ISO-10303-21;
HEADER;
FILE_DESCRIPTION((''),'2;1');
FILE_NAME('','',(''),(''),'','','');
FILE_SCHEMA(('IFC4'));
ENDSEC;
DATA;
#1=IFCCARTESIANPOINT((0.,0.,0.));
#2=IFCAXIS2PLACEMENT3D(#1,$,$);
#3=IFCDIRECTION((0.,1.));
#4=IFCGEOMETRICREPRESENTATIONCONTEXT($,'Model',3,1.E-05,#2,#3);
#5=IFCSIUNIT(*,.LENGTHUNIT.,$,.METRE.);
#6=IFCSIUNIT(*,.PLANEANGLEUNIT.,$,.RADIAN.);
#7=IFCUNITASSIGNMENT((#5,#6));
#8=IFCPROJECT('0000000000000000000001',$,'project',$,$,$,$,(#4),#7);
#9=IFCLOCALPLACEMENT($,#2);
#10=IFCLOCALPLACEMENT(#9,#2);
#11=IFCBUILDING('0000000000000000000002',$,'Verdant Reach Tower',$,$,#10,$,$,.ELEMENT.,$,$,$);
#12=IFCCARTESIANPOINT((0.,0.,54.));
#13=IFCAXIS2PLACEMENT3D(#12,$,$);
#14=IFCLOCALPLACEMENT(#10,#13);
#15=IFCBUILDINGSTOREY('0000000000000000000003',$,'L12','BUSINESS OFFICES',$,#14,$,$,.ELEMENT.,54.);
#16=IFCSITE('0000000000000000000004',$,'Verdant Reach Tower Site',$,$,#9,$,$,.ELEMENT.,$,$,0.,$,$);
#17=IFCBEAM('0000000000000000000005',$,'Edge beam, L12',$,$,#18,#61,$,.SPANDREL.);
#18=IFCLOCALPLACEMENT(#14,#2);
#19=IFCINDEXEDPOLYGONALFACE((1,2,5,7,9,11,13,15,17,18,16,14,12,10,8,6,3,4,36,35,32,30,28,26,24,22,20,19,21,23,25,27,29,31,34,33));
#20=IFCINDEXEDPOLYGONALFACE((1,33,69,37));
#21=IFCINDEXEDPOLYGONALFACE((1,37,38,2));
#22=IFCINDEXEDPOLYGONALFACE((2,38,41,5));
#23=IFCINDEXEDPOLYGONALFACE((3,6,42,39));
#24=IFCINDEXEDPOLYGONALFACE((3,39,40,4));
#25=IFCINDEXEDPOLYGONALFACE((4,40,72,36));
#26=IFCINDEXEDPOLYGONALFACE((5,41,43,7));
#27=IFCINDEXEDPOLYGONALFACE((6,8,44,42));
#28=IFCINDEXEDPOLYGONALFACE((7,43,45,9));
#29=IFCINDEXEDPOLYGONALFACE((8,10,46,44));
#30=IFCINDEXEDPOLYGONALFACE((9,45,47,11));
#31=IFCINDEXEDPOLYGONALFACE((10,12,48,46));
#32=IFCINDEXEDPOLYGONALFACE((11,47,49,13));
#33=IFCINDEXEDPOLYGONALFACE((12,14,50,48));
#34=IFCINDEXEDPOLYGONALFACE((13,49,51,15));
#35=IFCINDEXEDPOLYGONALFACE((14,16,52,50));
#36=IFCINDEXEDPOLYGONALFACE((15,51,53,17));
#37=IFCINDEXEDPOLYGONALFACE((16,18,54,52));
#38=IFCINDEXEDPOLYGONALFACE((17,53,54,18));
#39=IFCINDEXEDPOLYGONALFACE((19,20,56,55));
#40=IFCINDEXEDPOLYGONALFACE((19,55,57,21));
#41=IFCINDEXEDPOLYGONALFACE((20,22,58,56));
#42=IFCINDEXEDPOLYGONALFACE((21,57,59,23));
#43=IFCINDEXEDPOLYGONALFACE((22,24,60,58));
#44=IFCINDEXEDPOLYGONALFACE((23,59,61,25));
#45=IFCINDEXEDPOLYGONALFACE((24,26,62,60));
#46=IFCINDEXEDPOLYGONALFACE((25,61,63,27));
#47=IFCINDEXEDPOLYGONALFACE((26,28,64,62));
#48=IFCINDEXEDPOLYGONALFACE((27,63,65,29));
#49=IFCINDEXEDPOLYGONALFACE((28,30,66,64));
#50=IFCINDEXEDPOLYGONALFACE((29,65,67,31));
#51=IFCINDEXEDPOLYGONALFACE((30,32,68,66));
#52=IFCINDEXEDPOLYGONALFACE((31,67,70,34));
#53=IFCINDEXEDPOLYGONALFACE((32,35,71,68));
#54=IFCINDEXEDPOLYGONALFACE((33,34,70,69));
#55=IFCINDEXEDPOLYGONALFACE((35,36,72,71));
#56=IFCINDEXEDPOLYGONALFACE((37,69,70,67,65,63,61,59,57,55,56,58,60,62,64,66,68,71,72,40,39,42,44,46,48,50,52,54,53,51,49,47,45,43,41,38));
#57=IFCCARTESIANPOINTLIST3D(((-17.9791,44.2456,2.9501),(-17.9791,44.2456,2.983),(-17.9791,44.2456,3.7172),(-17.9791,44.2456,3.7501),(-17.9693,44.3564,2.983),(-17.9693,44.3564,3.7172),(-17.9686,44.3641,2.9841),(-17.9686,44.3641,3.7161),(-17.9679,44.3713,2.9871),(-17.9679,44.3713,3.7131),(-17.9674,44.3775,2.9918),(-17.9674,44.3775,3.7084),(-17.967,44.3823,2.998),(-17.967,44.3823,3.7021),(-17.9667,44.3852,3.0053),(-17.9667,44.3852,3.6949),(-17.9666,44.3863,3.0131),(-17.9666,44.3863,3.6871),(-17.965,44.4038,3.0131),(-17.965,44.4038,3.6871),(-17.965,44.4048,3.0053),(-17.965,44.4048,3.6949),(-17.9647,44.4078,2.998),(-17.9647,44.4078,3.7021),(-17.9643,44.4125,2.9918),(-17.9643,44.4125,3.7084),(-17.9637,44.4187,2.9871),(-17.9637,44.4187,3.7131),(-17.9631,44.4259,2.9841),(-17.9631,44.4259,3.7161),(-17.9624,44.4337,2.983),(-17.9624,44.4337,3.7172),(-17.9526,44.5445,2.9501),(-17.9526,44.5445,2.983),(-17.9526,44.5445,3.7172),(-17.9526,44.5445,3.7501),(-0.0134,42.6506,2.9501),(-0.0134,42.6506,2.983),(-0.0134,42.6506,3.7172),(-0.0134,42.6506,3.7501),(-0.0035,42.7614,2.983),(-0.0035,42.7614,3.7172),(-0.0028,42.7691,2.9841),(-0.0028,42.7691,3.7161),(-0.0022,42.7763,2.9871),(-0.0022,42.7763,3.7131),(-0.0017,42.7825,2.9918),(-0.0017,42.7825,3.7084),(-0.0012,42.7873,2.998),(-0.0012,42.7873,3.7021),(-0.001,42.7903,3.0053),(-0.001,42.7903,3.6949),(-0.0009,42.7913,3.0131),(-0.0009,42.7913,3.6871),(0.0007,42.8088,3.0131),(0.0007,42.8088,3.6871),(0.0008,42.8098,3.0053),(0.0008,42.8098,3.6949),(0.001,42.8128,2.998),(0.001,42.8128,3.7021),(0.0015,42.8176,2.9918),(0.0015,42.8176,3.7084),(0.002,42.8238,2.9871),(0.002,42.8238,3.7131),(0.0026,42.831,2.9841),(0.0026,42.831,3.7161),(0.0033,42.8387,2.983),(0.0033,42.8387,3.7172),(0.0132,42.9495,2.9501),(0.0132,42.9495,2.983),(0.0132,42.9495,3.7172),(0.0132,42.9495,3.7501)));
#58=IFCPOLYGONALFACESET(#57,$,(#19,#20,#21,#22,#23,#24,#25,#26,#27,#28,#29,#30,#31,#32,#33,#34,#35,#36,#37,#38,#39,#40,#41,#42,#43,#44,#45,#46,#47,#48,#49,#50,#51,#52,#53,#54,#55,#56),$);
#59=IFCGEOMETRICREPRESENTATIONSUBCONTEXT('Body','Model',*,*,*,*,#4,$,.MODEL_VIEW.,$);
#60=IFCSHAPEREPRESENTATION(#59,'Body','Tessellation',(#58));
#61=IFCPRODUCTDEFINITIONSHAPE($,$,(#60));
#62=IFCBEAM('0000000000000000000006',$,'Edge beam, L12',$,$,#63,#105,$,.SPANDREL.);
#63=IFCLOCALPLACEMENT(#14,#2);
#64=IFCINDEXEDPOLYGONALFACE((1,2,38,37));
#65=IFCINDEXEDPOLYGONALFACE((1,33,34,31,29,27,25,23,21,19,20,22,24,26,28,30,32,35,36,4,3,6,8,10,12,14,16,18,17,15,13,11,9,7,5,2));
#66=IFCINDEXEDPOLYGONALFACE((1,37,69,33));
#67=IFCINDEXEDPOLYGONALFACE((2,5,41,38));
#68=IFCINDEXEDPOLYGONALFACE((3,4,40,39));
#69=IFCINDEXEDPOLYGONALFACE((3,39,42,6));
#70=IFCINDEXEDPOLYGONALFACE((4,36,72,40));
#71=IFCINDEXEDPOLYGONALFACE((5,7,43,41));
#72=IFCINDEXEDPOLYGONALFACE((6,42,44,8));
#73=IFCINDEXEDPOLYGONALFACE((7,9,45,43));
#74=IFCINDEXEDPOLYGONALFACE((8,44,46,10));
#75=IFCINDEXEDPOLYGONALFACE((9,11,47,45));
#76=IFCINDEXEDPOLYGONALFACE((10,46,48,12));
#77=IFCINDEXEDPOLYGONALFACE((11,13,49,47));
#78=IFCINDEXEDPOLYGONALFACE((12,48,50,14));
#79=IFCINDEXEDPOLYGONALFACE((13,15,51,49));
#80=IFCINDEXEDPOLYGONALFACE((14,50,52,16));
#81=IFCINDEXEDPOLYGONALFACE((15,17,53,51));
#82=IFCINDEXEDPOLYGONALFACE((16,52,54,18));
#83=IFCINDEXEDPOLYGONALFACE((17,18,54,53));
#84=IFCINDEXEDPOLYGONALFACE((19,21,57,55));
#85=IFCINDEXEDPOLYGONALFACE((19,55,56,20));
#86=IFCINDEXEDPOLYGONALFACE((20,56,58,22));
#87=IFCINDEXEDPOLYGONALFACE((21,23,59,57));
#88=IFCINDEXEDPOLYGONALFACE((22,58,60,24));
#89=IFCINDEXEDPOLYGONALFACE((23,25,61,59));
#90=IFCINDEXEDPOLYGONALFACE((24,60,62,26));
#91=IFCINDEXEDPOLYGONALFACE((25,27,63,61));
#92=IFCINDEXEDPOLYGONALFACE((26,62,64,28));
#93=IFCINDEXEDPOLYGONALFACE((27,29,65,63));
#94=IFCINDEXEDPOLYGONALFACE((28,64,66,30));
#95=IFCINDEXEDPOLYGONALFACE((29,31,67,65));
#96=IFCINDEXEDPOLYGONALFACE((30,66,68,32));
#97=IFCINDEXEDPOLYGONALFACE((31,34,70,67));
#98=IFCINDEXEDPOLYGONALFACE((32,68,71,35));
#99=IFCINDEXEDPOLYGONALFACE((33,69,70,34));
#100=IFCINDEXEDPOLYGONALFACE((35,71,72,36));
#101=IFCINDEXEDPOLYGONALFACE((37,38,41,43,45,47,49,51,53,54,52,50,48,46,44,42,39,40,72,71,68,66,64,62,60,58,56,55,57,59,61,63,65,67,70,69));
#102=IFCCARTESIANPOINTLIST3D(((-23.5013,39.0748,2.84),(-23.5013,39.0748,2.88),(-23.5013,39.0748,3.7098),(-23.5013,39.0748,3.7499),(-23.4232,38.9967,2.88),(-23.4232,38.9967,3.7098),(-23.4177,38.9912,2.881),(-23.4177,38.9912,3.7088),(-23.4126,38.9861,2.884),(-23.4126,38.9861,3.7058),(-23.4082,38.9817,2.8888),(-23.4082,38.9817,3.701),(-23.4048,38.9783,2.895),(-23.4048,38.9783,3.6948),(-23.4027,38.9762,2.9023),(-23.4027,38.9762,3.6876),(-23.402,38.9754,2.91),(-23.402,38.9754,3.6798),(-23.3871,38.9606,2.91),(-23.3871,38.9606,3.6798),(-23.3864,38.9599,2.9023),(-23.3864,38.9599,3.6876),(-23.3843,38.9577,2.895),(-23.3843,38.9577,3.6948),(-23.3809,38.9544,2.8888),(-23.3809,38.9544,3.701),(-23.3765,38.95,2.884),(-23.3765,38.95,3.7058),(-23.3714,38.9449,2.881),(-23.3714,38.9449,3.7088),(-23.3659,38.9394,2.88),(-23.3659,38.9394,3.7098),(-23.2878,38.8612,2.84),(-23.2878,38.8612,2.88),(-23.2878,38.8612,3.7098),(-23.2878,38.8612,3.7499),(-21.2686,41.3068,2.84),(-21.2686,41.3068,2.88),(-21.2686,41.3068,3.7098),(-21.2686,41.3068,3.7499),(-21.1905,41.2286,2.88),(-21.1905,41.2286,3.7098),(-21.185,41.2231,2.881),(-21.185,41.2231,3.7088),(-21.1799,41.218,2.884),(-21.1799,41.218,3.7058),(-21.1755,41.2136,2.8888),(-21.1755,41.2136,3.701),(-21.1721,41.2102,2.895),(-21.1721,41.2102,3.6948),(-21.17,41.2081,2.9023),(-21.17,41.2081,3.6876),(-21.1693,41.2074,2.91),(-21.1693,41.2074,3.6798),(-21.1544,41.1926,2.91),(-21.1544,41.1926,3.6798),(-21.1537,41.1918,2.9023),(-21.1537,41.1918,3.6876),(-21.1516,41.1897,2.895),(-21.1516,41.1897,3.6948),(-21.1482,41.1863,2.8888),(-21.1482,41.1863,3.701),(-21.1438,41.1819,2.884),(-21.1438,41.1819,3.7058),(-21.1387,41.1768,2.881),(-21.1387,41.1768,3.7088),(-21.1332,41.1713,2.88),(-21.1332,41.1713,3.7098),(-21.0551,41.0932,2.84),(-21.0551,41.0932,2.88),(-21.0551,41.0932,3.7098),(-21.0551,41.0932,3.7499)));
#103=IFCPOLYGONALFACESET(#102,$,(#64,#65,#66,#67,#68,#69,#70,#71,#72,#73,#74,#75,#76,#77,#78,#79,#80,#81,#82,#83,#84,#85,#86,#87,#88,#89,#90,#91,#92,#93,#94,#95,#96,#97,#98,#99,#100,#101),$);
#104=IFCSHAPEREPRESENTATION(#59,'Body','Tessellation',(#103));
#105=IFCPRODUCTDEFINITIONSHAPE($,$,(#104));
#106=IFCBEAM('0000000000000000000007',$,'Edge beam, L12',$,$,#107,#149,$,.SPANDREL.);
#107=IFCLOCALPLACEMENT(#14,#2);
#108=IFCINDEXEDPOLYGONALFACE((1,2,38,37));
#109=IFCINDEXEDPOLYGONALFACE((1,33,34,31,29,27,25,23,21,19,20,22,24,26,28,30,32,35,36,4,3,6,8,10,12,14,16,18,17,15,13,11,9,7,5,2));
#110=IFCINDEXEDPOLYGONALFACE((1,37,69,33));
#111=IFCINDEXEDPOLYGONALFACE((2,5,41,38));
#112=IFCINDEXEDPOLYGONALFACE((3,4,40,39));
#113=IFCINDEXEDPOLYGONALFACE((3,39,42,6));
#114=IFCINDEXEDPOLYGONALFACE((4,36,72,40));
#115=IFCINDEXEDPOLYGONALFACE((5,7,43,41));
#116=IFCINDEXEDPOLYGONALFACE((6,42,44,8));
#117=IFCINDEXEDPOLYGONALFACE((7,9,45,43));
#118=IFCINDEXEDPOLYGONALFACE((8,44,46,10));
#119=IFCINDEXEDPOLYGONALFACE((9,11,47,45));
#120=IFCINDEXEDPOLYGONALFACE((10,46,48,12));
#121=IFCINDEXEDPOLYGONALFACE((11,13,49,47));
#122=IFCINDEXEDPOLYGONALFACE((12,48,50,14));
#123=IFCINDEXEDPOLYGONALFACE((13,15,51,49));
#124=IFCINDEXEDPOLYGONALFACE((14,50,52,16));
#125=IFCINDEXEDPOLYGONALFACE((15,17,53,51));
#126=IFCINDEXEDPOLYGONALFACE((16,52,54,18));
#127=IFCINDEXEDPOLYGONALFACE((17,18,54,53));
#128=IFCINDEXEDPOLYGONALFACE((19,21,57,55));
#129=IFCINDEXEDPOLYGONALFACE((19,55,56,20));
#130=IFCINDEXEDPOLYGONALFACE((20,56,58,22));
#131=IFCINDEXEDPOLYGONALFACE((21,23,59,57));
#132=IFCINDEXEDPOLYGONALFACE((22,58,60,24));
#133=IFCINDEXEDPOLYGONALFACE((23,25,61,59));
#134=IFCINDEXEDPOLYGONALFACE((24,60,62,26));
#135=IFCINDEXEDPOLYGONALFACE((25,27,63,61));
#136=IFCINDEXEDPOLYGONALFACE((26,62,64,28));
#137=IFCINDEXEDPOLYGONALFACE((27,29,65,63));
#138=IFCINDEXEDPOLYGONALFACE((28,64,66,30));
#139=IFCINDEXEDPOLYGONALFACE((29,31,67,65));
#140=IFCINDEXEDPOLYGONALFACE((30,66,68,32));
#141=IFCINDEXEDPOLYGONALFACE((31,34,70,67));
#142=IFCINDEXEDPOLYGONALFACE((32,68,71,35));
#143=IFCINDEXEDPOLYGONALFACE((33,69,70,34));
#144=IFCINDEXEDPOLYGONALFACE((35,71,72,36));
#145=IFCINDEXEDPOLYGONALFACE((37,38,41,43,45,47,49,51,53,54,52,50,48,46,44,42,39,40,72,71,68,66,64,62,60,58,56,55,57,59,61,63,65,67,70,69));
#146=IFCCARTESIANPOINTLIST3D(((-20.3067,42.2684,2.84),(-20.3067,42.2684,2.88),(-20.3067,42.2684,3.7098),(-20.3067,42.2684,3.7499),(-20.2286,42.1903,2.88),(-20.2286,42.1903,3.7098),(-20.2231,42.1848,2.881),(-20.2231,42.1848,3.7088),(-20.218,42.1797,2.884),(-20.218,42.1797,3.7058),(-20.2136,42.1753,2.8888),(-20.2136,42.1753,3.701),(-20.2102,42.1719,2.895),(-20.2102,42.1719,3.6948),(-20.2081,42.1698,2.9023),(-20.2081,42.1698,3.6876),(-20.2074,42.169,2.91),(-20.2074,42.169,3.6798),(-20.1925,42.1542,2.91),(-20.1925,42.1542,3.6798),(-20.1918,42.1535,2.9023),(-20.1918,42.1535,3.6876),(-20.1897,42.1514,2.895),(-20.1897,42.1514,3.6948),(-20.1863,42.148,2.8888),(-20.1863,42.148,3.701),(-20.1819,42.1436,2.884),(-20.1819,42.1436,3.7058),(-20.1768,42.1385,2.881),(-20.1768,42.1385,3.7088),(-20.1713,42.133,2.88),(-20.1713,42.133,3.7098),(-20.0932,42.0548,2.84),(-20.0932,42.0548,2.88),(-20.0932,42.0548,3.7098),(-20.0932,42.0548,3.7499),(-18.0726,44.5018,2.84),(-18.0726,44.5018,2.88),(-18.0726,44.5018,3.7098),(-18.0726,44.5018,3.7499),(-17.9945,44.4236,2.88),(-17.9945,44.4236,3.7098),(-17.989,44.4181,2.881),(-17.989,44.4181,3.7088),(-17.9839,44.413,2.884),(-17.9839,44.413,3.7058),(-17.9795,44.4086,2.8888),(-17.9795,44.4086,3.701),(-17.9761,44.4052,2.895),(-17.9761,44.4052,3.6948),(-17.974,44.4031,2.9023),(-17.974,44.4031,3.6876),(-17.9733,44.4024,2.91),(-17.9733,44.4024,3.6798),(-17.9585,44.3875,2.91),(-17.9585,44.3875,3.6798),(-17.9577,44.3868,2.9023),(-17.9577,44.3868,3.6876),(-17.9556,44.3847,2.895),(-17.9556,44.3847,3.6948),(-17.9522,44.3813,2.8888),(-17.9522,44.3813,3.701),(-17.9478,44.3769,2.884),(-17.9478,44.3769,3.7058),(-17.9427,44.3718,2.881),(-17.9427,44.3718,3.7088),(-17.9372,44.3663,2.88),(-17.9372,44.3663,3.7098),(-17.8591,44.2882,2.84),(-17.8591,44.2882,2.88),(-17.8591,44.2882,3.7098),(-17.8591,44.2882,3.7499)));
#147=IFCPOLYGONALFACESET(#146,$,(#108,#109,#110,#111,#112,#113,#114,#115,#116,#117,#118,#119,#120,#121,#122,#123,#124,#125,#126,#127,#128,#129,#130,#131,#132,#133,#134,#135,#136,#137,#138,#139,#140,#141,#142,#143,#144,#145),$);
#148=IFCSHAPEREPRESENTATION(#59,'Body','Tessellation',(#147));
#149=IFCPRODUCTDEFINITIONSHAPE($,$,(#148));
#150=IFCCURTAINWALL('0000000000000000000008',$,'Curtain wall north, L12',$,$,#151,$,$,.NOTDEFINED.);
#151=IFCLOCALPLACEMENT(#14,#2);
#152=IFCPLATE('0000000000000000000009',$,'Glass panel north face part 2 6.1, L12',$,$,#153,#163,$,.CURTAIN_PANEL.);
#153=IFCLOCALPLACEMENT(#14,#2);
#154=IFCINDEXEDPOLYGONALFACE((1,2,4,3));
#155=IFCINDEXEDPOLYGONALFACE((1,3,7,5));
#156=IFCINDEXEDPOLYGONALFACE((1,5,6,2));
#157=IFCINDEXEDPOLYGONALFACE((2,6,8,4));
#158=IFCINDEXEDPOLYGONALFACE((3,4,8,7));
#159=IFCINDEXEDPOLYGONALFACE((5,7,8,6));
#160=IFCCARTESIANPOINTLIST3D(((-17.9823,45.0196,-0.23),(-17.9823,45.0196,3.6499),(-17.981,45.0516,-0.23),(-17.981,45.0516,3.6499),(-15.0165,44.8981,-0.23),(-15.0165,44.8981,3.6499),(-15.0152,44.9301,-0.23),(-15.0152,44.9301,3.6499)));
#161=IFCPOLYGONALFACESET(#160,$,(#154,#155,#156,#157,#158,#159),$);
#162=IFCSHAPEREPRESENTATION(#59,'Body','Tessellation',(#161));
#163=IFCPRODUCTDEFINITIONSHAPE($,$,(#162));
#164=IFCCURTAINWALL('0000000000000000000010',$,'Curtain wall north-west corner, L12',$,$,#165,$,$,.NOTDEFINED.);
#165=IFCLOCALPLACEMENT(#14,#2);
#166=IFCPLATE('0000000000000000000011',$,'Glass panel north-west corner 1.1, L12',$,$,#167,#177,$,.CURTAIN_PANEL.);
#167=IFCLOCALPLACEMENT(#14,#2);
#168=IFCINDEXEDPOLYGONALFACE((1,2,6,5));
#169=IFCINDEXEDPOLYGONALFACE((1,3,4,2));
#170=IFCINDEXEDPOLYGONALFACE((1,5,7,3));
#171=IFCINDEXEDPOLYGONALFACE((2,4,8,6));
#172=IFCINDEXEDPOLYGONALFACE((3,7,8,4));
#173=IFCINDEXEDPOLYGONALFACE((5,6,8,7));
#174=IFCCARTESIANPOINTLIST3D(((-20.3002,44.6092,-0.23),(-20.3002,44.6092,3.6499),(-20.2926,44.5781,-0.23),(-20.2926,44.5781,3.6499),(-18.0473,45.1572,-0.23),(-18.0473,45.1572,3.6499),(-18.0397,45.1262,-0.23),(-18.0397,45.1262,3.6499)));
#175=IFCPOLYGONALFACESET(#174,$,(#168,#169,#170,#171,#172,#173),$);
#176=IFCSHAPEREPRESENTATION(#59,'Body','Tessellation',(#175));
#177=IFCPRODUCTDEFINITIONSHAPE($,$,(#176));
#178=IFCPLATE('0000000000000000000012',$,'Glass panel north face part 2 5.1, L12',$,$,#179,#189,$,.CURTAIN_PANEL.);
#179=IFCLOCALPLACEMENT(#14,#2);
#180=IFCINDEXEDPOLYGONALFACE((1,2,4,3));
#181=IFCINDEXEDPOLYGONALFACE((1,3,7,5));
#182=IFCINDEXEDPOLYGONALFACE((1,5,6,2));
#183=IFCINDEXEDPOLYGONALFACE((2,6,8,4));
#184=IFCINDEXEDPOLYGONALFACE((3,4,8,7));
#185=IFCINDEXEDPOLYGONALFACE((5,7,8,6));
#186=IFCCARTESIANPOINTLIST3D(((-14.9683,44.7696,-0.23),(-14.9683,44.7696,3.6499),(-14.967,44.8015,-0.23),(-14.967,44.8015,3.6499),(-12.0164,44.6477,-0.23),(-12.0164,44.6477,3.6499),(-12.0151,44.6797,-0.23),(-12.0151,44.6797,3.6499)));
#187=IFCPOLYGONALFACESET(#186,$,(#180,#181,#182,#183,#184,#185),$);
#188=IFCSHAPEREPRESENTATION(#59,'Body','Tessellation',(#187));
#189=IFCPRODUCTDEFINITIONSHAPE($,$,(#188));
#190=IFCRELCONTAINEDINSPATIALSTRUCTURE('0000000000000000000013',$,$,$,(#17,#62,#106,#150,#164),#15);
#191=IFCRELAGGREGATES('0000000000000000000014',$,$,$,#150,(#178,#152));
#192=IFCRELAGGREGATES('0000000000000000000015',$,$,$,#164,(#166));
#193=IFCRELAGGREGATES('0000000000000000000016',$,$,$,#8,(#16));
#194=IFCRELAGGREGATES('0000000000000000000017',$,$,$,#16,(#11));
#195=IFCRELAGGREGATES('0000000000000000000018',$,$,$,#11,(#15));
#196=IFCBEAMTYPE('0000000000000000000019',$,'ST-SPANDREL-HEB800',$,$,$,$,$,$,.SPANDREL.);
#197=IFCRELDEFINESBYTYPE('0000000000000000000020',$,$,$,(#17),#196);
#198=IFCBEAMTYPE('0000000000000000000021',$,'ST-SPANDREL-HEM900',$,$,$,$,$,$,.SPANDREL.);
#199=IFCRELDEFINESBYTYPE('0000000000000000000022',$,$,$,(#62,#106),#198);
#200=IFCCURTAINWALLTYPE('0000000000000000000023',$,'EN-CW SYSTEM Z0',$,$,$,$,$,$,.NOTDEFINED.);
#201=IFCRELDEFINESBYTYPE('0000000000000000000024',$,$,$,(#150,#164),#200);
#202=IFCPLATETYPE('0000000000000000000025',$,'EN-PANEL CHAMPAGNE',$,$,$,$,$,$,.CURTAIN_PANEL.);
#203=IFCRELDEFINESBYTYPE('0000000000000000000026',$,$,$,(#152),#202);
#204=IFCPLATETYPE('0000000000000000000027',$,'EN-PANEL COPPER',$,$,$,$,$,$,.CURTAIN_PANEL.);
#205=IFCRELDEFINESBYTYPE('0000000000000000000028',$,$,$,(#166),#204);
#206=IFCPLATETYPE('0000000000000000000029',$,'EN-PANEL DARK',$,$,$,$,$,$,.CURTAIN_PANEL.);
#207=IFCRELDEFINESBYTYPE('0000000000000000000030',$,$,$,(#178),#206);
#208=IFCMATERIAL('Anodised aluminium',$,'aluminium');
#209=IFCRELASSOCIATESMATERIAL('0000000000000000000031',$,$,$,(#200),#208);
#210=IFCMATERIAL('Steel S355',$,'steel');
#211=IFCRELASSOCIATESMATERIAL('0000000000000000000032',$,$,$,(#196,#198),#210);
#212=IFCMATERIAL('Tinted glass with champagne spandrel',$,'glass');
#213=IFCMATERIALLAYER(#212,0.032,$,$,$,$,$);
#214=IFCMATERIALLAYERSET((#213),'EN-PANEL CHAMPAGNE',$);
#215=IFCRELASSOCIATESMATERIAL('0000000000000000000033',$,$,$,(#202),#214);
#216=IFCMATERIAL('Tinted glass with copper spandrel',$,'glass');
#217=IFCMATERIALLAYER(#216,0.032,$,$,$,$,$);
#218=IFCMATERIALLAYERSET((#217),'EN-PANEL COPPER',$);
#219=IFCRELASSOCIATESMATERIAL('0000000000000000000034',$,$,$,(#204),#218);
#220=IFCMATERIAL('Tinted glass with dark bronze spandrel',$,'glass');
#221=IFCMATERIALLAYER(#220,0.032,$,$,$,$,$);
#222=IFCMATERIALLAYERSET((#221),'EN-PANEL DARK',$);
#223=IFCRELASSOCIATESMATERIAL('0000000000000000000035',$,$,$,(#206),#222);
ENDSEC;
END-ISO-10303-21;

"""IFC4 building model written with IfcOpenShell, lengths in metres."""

from ifc_helpers import new_model, si_unit, direction, frame, origin, origin_2d, place, context, subcontext, project, spatial, rectangle, i_section, extrude, material, layer, layer_set, material_profile, profile_set, type_object, element, aggregate, save


model = new_model("IFC4")

# Units and contexts
model_context = context("Model", 3, precision=1e-05, world=origin(), true_north=direction((0.0, 1.0)))
body_context = subcontext(model_context, "Body", "Model", "MODEL_VIEW")
ifc_project = project(units=[si_unit("LENGTHUNIT", "METRE"), si_unit("PLANEANGLEUNIT", "RADIAN")], contexts=[model_context])

# Site, building, storey
site_placement = place(None, origin())
site = spatial("IfcSite", under=ifc_project, at=site_placement, Name="Verdant Reach Tower Site", CompositionType="ELEMENT", RefElevation=0.0)
building_placement = place(site_placement, origin())
building = spatial("IfcBuilding", under=site, at=building_placement, Name="Verdant Reach Tower", CompositionType="ELEMENT")
storey_placement = place(building_placement, frame((0.0, 0.0, 54.0)))
storey = spatial("IfcBuildingStorey", under=building, at=storey_placement, Name="L12", Description="BUSINESS OFFICES", CompositionType="ELEMENT", Elevation=54.0)

# Shared definitions
ifc_material_1 = material(Name="Anodised aluminium", Category="aluminium")
curtain_wall_type = type_object("IfcCurtainWallType", Name="EN-CW SYSTEM Z0", PredefinedType="NOTDEFINED", material=ifc_material_1)

# Beams
ifc_material_2 = material(Name="Steel S355", Category="steel")
ifc_material_profile_1 = material_profile(ifc_material_2, i_section(OverallWidth=0.3, OverallDepth=0.8, WebThickness=0.0176, FlangeThickness=0.033, FilletRadius=0.03, at=origin_2d()), Name="HEB 800")
ifc_profile_set_1 = profile_set([ifc_material_profile_1], Name="Steel S355")
beam_type_1 = type_object("IfcBeamType", Name="ST-SPANDREL-HEB800", PredefinedType="SPANDREL", material=ifc_profile_set_1)
beam_1_placement = place(storey_placement, frame((-17.9658, 44.395, 3.3501), z_axis=(0.996082, -0.08843, 0.0), x_axis=(0.08843, 0.996082, 0.0)))
element("IfcBeam", 1, at=beam_1_placement, inside=storey, type_object=beam_type_1, Name="Edge beam, L12", PredefinedType="SPANDREL", context=body_context, shape_type="SweptSolid", body=[
    extrude(i_section(OverallWidth=0.3, OverallDepth=0.8, WebThickness=0.0176, FlangeThickness=0.033, FilletRadius=0.03, at=origin_2d()), origin(), (0.0, 0.0, 1.0), 18.0364),
])
ifc_material_profile_2 = material_profile(ifc_material_2, i_section(OverallWidth=0.302, OverallDepth=0.9099, WebThickness=0.021, FlangeThickness=0.04, FilletRadius=0.03, at=origin_2d()), Name="HEM 900")
ifc_profile_set_2 = profile_set([ifc_material_profile_2], Name="Steel S355")
beam_type_2 = type_object("IfcBeamType", Name="ST-SPANDREL-HEM900", PredefinedType="SPANDREL", material=ifc_profile_set_2)
beam_2_placement = place(storey_placement, frame((-23.3945, 38.968, 3.2949), z_axis=(0.707223, 0.706991, 0.0), x_axis=(-0.706991, 0.707223, 0.0)))
element("IfcBeam", 2, at=beam_2_placement, inside=storey, type_object=beam_type_2, Name="Edge beam, L12", PredefinedType="SPANDREL", context=body_context, shape_type="SweptSolid", body=[
    extrude(i_section(OverallWidth=0.302, OverallDepth=0.9099, WebThickness=0.021, FlangeThickness=0.04, FilletRadius=0.03, at=origin_2d()), origin(), (0.0, 0.0, 1.0), 3.157),
])
beam_3_placement = place(storey_placement, frame((-20.2, 42.1616, 3.2949), z_axis=(0.707223, 0.706991, 0.0), x_axis=(-0.706991, 0.707223, 0.0)))
element("IfcBeam", 3, at=beam_3_placement, inside=storey, type_object=beam_type_2, Name="Edge beam, L12", PredefinedType="SPANDREL", context=body_context, shape_type="SweptSolid", body=[
    extrude(i_section(OverallWidth=0.302, OverallDepth=0.9099, WebThickness=0.021, FlangeThickness=0.04, FilletRadius=0.03, at=origin_2d()), origin(), (0.0, 0.0, 1.0), 3.1589),
])

# Curtain walls, plates
curtain_wall_1_placement = place(storey_placement, origin())
curtain_wall_1 = element("IfcCurtainWall", 4, at=curtain_wall_1_placement, inside=storey, type_object=curtain_wall_type, Name="Curtain wall north, L12", PredefinedType="NOTDEFINED")
ifc_material_3 = material(Name="Tinted glass with champagne spandrel", Category="glass")
ifc_layer_1 = layer(ifc_material_3, 0.032)
ifc_layer_set_1 = layer_set([ifc_layer_1], Name="EN-PANEL CHAMPAGNE")
plate_type_1 = type_object("IfcPlateType", Name="EN-PANEL CHAMPAGNE", PredefinedType="CURTAIN_PANEL", material=ifc_layer_set_1)
plate_1_placement = place(storey_placement, frame((-16.4988, 44.9749, -0.23), z_axis=(0.0, 0.0, 1.0), x_axis=(-0.999162, 0.04092, 0.0)))
plate_1 = element("IfcPlate", 5, at=plate_1_placement, type_object=plate_type_1, Name="Glass panel north face part 2 6.1, L12", PredefinedType="CURTAIN_PANEL", context=body_context, shape_type="SweptSolid", body=[
    extrude(rectangle(XDim=2.9683, YDim=0.032, at=origin_2d()), origin(), (0.0, 0.0, 1.0), 3.8799),
])
curtain_wall_2_placement = place(storey_placement, origin())
curtain_wall_2 = element("IfcCurtainWall", 6, at=curtain_wall_2_placement, inside=storey, type_object=curtain_wall_type, Name="Curtain wall north-west corner, L12", PredefinedType="NOTDEFINED")
ifc_material_4 = material(Name="Tinted glass with copper spandrel", Category="glass")
ifc_layer_2 = layer(ifc_material_4, 0.032)
ifc_layer_set_2 = layer_set([ifc_layer_2], Name="EN-PANEL COPPER")
plate_type_2 = type_object("IfcPlateType", Name="EN-PANEL COPPER", PredefinedType="CURTAIN_PANEL", material=ifc_layer_set_2)
plate_2_placement = place(storey_placement, frame((-19.1699, 44.8677, -0.23), z_axis=(0.0, 0.0, 1.0), x_axis=(-0.971663, -0.236369, 0.0)))
plate_2 = element("IfcPlate", 7, at=plate_2_placement, type_object=plate_type_2, Name="Glass panel north-west corner 1.1, L12", PredefinedType="CURTAIN_PANEL", context=body_context, shape_type="SweptSolid", body=[
    extrude(rectangle(XDim=2.3186, YDim=0.032, at=origin_2d()), origin(), (0.0, 0.0, 1.0), 3.8799),
])

# Plate
ifc_material_5 = material(Name="Tinted glass with dark bronze spandrel", Category="glass")
ifc_layer_3 = layer(ifc_material_5, 0.032)
ifc_layer_set_3 = layer_set([ifc_layer_3], Name="EN-PANEL DARK")
plate_type_3 = type_object("IfcPlateType", Name="EN-PANEL DARK", PredefinedType="CURTAIN_PANEL", material=ifc_layer_set_3)
plate_3_placement = place(storey_placement, frame((-13.4917, 44.7246, -0.23), z_axis=(0.0, 0.0, 1.0), x_axis=(-0.999149, 0.041242, 0.0)))
plate_3 = element("IfcPlate", 8, at=plate_3_placement, type_object=plate_type_3, Name="Glass panel north face part 2 5.1, L12", PredefinedType="CURTAIN_PANEL", context=body_context, shape_type="SweptSolid", body=[
    extrude(rectangle(XDim=2.9543, YDim=0.032, at=origin_2d()), origin(), (0.0, 0.0, 1.0), 3.8799),
])
aggregate(curtain_wall_1, [plate_3, plate_1])
aggregate(curtain_wall_2, [plate_2])

save(model, "model.ifc")
